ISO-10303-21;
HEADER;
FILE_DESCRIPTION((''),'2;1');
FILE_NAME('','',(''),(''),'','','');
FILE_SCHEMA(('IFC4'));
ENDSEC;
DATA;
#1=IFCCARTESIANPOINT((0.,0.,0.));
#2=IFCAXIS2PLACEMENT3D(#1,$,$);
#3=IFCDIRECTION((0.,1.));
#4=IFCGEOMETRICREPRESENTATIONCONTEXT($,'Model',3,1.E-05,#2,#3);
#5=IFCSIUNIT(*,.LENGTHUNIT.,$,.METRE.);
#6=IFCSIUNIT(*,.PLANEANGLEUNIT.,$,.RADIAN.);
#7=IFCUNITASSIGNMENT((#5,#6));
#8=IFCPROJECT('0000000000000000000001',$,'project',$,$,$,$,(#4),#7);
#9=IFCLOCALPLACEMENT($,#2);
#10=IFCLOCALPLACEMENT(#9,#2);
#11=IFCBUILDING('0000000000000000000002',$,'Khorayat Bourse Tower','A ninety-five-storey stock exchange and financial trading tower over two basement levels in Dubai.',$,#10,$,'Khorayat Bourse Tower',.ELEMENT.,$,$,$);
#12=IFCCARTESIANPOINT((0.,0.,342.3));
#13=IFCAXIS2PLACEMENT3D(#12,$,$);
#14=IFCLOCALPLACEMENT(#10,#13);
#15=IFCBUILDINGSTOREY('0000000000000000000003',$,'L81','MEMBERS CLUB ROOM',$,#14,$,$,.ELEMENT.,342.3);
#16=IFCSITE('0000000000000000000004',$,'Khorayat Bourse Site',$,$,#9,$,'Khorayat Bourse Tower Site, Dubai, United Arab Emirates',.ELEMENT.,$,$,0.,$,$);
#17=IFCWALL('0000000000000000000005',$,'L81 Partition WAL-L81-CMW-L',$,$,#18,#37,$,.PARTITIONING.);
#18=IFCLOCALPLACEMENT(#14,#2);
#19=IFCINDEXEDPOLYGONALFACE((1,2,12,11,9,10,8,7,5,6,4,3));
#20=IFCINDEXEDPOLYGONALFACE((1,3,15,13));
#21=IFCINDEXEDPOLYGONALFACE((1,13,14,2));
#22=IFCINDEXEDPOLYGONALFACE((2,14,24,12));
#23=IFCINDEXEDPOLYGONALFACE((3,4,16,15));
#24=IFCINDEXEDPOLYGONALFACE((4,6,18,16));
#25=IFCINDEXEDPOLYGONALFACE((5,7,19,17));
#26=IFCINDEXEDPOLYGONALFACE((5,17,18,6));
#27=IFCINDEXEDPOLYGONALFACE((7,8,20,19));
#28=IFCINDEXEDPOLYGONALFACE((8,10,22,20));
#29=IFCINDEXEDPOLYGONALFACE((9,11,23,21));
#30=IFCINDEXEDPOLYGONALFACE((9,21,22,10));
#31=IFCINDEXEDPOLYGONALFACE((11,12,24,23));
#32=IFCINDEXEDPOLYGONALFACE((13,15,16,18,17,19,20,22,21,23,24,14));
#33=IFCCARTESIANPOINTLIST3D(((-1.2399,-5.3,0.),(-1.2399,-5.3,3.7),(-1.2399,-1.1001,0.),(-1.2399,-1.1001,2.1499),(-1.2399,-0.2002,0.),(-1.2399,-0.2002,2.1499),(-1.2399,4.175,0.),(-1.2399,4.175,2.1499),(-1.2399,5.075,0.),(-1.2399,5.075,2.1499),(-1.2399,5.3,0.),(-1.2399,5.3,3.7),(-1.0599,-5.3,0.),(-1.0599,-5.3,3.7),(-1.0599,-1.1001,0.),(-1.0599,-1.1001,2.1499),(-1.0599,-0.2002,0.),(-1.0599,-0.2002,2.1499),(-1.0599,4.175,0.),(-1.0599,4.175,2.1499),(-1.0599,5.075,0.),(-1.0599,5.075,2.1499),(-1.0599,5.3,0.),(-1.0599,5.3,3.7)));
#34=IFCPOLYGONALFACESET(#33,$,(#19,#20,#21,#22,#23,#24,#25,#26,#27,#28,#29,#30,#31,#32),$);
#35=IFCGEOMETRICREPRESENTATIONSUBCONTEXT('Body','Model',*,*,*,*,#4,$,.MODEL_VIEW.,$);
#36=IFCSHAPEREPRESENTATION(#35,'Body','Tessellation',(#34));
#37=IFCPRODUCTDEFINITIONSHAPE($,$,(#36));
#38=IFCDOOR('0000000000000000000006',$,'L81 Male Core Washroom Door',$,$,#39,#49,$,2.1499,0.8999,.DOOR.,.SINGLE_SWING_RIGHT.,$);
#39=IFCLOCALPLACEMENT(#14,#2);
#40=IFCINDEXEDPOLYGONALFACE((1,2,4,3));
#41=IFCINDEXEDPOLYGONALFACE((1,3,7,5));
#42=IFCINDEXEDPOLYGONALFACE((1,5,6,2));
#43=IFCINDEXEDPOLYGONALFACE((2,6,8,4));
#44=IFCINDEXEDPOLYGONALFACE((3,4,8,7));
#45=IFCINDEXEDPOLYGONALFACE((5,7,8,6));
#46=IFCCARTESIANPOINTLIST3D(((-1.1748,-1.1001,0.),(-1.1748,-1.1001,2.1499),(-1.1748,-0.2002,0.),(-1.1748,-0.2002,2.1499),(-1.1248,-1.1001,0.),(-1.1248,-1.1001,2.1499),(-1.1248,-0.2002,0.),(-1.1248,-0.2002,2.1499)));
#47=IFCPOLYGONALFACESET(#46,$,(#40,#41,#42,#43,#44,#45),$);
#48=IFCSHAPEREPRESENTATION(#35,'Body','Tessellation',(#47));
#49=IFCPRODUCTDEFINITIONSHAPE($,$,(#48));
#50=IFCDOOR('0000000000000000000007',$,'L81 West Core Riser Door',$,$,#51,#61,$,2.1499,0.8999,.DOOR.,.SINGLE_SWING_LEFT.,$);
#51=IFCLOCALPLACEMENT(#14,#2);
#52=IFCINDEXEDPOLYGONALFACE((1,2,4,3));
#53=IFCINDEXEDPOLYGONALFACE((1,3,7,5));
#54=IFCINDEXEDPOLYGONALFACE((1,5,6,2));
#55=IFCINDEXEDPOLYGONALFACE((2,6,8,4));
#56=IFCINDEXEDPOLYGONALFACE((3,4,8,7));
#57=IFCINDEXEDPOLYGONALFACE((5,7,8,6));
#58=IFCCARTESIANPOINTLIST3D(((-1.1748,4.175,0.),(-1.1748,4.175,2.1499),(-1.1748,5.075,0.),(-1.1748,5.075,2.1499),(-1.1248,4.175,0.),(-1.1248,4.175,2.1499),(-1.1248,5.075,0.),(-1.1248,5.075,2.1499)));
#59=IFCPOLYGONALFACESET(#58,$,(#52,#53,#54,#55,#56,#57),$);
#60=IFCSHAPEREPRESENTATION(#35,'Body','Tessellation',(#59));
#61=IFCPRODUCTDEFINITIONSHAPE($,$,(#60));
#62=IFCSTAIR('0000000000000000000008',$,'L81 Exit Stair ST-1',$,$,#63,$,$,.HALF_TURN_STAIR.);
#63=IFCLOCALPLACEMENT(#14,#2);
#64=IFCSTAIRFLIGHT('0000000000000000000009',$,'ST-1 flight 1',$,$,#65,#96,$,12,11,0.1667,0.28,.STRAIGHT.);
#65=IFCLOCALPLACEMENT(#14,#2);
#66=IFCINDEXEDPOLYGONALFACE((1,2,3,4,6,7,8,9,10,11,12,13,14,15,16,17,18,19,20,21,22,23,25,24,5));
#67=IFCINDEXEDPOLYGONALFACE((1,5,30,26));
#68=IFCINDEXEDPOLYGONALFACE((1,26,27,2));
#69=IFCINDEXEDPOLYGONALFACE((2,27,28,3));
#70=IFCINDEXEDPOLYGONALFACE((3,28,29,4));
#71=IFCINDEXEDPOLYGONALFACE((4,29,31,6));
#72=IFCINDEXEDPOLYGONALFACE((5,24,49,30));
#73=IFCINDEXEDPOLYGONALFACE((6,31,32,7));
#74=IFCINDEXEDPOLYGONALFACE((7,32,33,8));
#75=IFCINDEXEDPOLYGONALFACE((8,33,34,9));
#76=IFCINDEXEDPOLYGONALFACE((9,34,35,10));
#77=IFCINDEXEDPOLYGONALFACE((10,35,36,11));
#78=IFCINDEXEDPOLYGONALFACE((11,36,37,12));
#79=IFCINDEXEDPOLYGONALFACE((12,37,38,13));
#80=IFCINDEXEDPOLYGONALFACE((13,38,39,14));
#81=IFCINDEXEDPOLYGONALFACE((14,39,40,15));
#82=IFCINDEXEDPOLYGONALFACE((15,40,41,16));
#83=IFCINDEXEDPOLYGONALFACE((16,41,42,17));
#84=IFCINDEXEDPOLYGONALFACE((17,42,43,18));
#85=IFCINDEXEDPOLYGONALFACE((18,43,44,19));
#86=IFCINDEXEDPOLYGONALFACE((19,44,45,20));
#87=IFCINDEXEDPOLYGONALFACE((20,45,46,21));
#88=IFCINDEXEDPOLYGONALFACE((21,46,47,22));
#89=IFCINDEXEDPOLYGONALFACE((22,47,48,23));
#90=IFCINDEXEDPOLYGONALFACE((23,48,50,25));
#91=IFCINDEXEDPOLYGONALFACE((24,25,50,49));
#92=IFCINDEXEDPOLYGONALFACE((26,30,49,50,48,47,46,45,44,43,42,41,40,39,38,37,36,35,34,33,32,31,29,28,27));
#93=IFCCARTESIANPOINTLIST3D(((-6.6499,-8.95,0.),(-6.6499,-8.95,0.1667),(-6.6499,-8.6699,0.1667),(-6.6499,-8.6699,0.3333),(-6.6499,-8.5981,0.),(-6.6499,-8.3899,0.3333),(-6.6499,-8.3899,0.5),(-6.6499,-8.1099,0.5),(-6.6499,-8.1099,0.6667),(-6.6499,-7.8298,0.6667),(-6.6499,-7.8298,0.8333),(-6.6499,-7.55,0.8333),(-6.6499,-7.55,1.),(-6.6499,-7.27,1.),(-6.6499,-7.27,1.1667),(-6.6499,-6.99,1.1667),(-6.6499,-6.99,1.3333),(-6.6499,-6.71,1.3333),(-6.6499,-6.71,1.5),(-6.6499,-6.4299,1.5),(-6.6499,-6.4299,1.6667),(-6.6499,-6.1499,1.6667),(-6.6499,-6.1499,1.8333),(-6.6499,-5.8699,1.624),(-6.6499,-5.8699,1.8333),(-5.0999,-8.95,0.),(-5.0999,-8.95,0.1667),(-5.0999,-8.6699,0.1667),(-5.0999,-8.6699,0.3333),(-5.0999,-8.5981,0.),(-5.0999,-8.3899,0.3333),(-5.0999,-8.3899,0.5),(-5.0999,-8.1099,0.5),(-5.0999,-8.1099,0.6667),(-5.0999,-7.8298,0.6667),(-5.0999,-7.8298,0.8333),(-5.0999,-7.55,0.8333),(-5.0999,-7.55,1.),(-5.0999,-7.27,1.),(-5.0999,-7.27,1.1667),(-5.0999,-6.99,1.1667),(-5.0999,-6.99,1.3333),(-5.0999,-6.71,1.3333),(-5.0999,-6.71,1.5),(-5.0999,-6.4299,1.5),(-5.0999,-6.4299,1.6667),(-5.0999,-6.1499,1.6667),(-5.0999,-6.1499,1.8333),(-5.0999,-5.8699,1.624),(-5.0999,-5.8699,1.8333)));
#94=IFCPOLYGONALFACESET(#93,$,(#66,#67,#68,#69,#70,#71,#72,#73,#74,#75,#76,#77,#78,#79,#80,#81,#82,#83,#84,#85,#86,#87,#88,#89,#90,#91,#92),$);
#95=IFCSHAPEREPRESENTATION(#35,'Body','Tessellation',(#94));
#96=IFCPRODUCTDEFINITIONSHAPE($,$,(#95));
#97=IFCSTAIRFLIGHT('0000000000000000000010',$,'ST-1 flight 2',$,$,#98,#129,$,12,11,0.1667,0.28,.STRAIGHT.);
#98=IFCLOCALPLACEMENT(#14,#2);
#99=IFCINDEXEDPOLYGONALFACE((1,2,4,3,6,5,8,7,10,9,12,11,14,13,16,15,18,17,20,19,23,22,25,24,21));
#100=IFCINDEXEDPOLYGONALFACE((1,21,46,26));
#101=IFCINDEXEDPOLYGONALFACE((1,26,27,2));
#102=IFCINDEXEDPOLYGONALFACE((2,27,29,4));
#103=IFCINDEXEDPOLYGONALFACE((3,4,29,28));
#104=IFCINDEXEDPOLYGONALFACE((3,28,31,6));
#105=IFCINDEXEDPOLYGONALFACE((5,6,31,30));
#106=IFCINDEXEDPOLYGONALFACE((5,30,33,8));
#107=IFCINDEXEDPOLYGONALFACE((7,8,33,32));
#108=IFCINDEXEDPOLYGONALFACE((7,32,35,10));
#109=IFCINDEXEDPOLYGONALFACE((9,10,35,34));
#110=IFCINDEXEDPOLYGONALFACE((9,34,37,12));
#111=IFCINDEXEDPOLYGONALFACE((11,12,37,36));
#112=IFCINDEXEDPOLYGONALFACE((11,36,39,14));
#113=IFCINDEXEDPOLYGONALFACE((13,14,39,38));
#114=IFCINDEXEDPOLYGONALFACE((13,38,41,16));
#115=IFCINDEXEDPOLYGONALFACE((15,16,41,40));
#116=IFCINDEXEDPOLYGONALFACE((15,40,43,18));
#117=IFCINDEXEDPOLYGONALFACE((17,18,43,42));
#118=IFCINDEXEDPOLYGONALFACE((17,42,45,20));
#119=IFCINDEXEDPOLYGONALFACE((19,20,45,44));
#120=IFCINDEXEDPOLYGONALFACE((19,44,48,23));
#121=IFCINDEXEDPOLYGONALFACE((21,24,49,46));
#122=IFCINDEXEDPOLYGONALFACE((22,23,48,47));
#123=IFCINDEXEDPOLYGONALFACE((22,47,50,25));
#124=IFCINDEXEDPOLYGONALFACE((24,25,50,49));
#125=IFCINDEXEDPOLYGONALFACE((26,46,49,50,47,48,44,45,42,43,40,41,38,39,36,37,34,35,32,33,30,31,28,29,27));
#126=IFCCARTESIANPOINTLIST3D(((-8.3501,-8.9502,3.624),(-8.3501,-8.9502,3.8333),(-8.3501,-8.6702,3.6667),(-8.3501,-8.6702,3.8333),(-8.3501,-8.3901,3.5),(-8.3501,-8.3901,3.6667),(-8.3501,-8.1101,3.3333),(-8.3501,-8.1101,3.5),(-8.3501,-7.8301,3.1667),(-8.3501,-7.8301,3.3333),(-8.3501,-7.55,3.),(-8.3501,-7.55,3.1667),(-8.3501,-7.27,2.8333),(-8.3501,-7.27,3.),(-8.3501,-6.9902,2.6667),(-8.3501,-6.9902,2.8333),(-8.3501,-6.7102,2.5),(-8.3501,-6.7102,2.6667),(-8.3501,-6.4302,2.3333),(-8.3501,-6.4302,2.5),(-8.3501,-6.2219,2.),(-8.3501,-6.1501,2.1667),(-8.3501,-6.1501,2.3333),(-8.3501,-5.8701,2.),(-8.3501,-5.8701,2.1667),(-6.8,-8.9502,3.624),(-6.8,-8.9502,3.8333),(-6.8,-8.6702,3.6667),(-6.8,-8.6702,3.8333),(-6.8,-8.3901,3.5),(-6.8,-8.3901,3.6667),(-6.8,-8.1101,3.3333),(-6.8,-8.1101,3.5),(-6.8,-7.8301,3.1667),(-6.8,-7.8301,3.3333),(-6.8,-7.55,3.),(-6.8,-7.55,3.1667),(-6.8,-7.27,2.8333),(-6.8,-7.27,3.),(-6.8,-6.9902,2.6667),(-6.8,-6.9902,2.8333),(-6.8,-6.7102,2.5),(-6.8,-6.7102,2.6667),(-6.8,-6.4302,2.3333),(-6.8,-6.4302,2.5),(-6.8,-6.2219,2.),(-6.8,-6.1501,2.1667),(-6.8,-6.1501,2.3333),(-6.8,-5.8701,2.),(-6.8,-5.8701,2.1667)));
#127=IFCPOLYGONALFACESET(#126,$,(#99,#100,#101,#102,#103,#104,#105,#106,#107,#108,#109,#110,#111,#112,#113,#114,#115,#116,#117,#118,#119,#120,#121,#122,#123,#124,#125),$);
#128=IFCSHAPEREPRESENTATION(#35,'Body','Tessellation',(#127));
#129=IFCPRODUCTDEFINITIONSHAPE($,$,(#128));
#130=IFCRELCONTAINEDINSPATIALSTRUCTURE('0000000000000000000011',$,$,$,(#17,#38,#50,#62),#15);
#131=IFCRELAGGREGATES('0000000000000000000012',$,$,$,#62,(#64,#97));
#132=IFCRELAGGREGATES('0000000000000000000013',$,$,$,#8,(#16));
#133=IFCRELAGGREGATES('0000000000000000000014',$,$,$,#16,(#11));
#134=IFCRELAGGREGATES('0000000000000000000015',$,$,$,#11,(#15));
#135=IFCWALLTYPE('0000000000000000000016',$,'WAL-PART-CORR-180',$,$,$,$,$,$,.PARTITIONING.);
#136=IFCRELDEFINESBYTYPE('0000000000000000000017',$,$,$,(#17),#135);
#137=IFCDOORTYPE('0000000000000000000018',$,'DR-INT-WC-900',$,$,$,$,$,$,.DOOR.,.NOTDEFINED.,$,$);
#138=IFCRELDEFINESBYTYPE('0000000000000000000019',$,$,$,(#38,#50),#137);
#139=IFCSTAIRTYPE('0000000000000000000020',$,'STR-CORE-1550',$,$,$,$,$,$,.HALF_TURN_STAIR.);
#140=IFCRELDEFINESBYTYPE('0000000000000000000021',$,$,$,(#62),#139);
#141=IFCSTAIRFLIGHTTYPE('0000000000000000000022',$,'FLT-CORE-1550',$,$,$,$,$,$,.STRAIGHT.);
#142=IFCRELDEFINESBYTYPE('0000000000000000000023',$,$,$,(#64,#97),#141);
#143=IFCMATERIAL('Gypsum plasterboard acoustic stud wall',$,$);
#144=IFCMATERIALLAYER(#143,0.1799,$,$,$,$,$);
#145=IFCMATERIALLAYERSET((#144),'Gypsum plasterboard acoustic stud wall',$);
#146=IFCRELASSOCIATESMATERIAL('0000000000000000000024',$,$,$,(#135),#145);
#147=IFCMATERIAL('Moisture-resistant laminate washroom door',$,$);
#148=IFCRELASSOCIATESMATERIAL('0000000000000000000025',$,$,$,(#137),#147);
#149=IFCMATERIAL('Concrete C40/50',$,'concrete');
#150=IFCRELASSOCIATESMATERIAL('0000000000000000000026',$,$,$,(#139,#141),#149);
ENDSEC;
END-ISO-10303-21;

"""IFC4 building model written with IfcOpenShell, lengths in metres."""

from ifc_helpers import new_model, si_unit, direction, frame, frame_2d, origin, place, context, subcontext, project, spatial, polyline, rectangle, outline, extrude, source, transform, mapped, material, layer, layer_set, type_object, element, fill, aggregate, save


model = new_model("IFC4")

# Units and contexts
model_context = context("Model", 3, precision=1e-05, world=origin(), true_north=direction((0.0, 1.0)))
body_context = subcontext(model_context, "Body", "Model", "MODEL_VIEW")
ifc_project = project(units=[si_unit("LENGTHUNIT", "METRE"), si_unit("PLANEANGLEUNIT", "RADIAN")], contexts=[model_context])

# Site, building, storey
site_placement = place(None, origin())
site = spatial("IfcSite", under=ifc_project, at=site_placement, Name="Khorayat Bourse Site", LongName="Khorayat Bourse Tower Site, Dubai, United Arab Emirates", CompositionType="ELEMENT", RefElevation=0.0)
building_placement = place(site_placement, origin())
building = spatial("IfcBuilding", under=site, at=building_placement, Name="Khorayat Bourse Tower", Description="A ninety-five-storey stock exchange and financial trading tower over two basement levels in Dubai.", LongName="Khorayat Bourse Tower", CompositionType="ELEMENT")
storey_placement = place(building_placement, frame((0.0, 0.0, 342.3)))
storey = spatial("IfcBuildingStorey", under=building, at=storey_placement, Name="L81", Description="MEMBERS CLUB ROOM", CompositionType="ELEMENT", Elevation=342.3)

# Shared definitions
ifc_material_1 = material(Name="Gypsum plasterboard acoustic stud wall")
ifc_layer_1 = layer(ifc_material_1, 0.1799)
ifc_layer_set_1 = layer_set([ifc_layer_1], Name="Gypsum plasterboard acoustic stud wall")
wall_type_1 = type_object("IfcWallType", Name="WAL-PART-CORR-180", PredefinedType="PARTITIONING", material=ifc_layer_set_1)
shared_shape_1 = source(origin(), body_context, "Body", "SweptSolid", [
    extrude(rectangle(XDim=0.8999, YDim=2.1499, at=frame_2d((0.45, 1.075))), frame((0.0, 0.0999, 0.0), z_axis=(0.0, -1.0, 0.0), x_axis=(1.0, 0.0, 0.0)), (0.0, 0.0, 1.0), 0.2),
])
ifc_material_2 = material(Name="Moisture-resistant laminate washroom door")
door_type_1 = type_object("IfcDoorType", Name="DR-INT-WC-900", OperationType="NOTDEFINED", PredefinedType="DOOR", material=ifc_material_2)
shared_shape_2 = source(origin(), body_context, "Body", "SweptSolid", [
    extrude(rectangle(XDim=0.8999, YDim=2.1499, at=frame_2d((0.45, 1.075))), frame((0.0, 0.0249, 0.0), z_axis=(0.0, -1.0, 0.0), x_axis=(1.0, 0.0, 0.0)), (0.0, 0.0, 1.0), 0.05),
])

# Wall, openings, doors
shared_shape_3 = source(origin(), body_context, "Body", "SweptSolid", [
    extrude(rectangle(XDim=10.6001, YDim=0.1799, at=frame_2d((5.3, 0.0))), origin(), (0.0, 0.0, 1.0), 3.7),
])
wall_1_placement = place(storey_placement, frame((-1.1499, -5.3, 0.0), z_axis=(0.0, 0.0, 1.0), x_axis=(0.0, 1.0, 0.0)))
wall_1 = element("IfcWall", 1, at=wall_1_placement, inside=storey, type_object=wall_type_1, Name="L81 Partition WAL-L81-CMW-L", PredefinedType="PARTITIONING", context=body_context, shape_type="MappedRepresentation", body=[
    mapped(shared_shape_3, transform((0.0, 0.0, 0.0), scale=1.0)),
])
opening_1_placement = place(wall_1_placement, frame((4.2, 0.0, 0.0)))
opening_1 = element("IfcOpeningElement", 2, at=opening_1_placement, cuts=wall_1, PredefinedType="OPENING", context=body_context, shape_type="MappedRepresentation", body=[
    mapped(shared_shape_1, transform((0.0, 0.0, 0.0), scale=1.0)),
])
opening_2_placement = place(wall_1_placement, frame((9.4751, 0.0, 0.0)))
opening_2 = element("IfcOpeningElement", 3, at=opening_2_placement, cuts=wall_1, PredefinedType="OPENING", context=body_context, shape_type="MappedRepresentation", body=[
    mapped(shared_shape_1, transform((0.0, 0.0, 0.0), scale=1.0)),
])
door_1_placement = place(opening_1_placement, origin())
door_1 = element("IfcDoor", 4, at=door_1_placement, inside=storey, type_object=door_type_1, Name="L81 Male Core Washroom Door", OperationType="SINGLE_SWING_RIGHT", OverallHeight=2.1499, OverallWidth=0.8999, PredefinedType="DOOR", context=body_context, shape_type="MappedRepresentation", body=[
    mapped(shared_shape_2, transform((0.0, 0.0, 0.0), scale=1.0)),
])
fill(opening_1, door_1)
door_2_placement = place(opening_2_placement, origin())
door_2 = element("IfcDoor", 5, at=door_2_placement, inside=storey, type_object=door_type_1, Name="L81 West Core Riser Door", OperationType="SINGLE_SWING_LEFT", OverallHeight=2.1499, OverallWidth=0.8999, PredefinedType="DOOR", context=body_context, shape_type="MappedRepresentation", body=[
    mapped(shared_shape_2, transform((0.0, 0.0, 0.0), scale=1.0)),
])
fill(opening_2, door_2)

# Stair, stair flights
ifc_material_3 = material(Name="Concrete C40/50", Category="concrete")
stair_type = type_object("IfcStairType", Name="STR-CORE-1550", PredefinedType="HALF_TURN_STAIR", material=ifc_material_3)
stair_placement = place(storey_placement, origin())
stair = element("IfcStair", 6, at=stair_placement, inside=storey, type_object=stair_type, Name="L81 Exit Stair ST-1", PredefinedType="HALF_TURN_STAIR")
stair_flight_type = type_object("IfcStairFlightType", Name="FLT-CORE-1550", PredefinedType="STRAIGHT", material=ifc_material_3)
shared_shape_4 = source(origin(), body_context, "Body", "SweptSolid", [
    extrude(outline(polyline([(0.0, 0.0), (0.0, 0.1667), (0.28, 0.1667), (0.28, 0.3333), (0.5601, 0.3333), (0.5601, 0.5), (0.8401, 0.5), (0.8401, 0.6667), (1.1201, 0.6667), (1.1201, 0.8333), (1.3999, 0.8333), (1.3999, 1.0), (1.6799, 1.0), (1.6799, 1.1667), (1.96, 1.1667), (1.96, 1.3333), (2.24, 1.3333), (2.24, 1.5), (2.52, 1.5), (2.52, 1.6667), (2.8, 1.6667), (2.8, 1.8333), (3.0801, 1.8333), (3.0801, 2.0), (3.0801, 1.624), (0.3518, 0.0), (0.0, 0.0)])), frame((0.0, 0.7749, 0.0), z_axis=(0.0, -1.0, 0.0), x_axis=(1.0, 0.0, 0.0)), (0.0, 0.0, 1.0), 1.55),
])
stair_flight_1_placement = place(storey_placement, frame((-5.875, -8.95, 0.0), z_axis=(0.0, 0.0, 1.0), x_axis=(0.0, 1.0, 0.0)))
stair_flight_1 = element("IfcStairFlight", 7, at=stair_flight_1_placement, type_object=stair_flight_type, Name="ST-1 flight 1", NumberOfRisers=12, NumberOfTreads=11, PredefinedType="STRAIGHT", RiserHeight=0.1667, TreadLength=0.28, context=body_context, shape_type="MappedRepresentation", body=[
    mapped(shared_shape_4, transform((0.0, 0.0, 0.0), scale=1.0)),
])
stair_flight_2_placement = place(storey_placement, frame((-7.575, -5.8701, 2.0), z_axis=(0.0, 0.0, 1.0), x_axis=(0.0, -1.0, 0.0)))
stair_flight_2 = element("IfcStairFlight", 8, at=stair_flight_2_placement, type_object=stair_flight_type, Name="ST-1 flight 2", NumberOfRisers=12, NumberOfTreads=11, PredefinedType="STRAIGHT", RiserHeight=0.1667, TreadLength=0.28, context=body_context, shape_type="MappedRepresentation", body=[
    mapped(shared_shape_4, transform((0.0, 0.0, 0.0), scale=1.0)),
])
aggregate(stair, [stair_flight_1, stair_flight_2])

save(model, "model.ifc")
